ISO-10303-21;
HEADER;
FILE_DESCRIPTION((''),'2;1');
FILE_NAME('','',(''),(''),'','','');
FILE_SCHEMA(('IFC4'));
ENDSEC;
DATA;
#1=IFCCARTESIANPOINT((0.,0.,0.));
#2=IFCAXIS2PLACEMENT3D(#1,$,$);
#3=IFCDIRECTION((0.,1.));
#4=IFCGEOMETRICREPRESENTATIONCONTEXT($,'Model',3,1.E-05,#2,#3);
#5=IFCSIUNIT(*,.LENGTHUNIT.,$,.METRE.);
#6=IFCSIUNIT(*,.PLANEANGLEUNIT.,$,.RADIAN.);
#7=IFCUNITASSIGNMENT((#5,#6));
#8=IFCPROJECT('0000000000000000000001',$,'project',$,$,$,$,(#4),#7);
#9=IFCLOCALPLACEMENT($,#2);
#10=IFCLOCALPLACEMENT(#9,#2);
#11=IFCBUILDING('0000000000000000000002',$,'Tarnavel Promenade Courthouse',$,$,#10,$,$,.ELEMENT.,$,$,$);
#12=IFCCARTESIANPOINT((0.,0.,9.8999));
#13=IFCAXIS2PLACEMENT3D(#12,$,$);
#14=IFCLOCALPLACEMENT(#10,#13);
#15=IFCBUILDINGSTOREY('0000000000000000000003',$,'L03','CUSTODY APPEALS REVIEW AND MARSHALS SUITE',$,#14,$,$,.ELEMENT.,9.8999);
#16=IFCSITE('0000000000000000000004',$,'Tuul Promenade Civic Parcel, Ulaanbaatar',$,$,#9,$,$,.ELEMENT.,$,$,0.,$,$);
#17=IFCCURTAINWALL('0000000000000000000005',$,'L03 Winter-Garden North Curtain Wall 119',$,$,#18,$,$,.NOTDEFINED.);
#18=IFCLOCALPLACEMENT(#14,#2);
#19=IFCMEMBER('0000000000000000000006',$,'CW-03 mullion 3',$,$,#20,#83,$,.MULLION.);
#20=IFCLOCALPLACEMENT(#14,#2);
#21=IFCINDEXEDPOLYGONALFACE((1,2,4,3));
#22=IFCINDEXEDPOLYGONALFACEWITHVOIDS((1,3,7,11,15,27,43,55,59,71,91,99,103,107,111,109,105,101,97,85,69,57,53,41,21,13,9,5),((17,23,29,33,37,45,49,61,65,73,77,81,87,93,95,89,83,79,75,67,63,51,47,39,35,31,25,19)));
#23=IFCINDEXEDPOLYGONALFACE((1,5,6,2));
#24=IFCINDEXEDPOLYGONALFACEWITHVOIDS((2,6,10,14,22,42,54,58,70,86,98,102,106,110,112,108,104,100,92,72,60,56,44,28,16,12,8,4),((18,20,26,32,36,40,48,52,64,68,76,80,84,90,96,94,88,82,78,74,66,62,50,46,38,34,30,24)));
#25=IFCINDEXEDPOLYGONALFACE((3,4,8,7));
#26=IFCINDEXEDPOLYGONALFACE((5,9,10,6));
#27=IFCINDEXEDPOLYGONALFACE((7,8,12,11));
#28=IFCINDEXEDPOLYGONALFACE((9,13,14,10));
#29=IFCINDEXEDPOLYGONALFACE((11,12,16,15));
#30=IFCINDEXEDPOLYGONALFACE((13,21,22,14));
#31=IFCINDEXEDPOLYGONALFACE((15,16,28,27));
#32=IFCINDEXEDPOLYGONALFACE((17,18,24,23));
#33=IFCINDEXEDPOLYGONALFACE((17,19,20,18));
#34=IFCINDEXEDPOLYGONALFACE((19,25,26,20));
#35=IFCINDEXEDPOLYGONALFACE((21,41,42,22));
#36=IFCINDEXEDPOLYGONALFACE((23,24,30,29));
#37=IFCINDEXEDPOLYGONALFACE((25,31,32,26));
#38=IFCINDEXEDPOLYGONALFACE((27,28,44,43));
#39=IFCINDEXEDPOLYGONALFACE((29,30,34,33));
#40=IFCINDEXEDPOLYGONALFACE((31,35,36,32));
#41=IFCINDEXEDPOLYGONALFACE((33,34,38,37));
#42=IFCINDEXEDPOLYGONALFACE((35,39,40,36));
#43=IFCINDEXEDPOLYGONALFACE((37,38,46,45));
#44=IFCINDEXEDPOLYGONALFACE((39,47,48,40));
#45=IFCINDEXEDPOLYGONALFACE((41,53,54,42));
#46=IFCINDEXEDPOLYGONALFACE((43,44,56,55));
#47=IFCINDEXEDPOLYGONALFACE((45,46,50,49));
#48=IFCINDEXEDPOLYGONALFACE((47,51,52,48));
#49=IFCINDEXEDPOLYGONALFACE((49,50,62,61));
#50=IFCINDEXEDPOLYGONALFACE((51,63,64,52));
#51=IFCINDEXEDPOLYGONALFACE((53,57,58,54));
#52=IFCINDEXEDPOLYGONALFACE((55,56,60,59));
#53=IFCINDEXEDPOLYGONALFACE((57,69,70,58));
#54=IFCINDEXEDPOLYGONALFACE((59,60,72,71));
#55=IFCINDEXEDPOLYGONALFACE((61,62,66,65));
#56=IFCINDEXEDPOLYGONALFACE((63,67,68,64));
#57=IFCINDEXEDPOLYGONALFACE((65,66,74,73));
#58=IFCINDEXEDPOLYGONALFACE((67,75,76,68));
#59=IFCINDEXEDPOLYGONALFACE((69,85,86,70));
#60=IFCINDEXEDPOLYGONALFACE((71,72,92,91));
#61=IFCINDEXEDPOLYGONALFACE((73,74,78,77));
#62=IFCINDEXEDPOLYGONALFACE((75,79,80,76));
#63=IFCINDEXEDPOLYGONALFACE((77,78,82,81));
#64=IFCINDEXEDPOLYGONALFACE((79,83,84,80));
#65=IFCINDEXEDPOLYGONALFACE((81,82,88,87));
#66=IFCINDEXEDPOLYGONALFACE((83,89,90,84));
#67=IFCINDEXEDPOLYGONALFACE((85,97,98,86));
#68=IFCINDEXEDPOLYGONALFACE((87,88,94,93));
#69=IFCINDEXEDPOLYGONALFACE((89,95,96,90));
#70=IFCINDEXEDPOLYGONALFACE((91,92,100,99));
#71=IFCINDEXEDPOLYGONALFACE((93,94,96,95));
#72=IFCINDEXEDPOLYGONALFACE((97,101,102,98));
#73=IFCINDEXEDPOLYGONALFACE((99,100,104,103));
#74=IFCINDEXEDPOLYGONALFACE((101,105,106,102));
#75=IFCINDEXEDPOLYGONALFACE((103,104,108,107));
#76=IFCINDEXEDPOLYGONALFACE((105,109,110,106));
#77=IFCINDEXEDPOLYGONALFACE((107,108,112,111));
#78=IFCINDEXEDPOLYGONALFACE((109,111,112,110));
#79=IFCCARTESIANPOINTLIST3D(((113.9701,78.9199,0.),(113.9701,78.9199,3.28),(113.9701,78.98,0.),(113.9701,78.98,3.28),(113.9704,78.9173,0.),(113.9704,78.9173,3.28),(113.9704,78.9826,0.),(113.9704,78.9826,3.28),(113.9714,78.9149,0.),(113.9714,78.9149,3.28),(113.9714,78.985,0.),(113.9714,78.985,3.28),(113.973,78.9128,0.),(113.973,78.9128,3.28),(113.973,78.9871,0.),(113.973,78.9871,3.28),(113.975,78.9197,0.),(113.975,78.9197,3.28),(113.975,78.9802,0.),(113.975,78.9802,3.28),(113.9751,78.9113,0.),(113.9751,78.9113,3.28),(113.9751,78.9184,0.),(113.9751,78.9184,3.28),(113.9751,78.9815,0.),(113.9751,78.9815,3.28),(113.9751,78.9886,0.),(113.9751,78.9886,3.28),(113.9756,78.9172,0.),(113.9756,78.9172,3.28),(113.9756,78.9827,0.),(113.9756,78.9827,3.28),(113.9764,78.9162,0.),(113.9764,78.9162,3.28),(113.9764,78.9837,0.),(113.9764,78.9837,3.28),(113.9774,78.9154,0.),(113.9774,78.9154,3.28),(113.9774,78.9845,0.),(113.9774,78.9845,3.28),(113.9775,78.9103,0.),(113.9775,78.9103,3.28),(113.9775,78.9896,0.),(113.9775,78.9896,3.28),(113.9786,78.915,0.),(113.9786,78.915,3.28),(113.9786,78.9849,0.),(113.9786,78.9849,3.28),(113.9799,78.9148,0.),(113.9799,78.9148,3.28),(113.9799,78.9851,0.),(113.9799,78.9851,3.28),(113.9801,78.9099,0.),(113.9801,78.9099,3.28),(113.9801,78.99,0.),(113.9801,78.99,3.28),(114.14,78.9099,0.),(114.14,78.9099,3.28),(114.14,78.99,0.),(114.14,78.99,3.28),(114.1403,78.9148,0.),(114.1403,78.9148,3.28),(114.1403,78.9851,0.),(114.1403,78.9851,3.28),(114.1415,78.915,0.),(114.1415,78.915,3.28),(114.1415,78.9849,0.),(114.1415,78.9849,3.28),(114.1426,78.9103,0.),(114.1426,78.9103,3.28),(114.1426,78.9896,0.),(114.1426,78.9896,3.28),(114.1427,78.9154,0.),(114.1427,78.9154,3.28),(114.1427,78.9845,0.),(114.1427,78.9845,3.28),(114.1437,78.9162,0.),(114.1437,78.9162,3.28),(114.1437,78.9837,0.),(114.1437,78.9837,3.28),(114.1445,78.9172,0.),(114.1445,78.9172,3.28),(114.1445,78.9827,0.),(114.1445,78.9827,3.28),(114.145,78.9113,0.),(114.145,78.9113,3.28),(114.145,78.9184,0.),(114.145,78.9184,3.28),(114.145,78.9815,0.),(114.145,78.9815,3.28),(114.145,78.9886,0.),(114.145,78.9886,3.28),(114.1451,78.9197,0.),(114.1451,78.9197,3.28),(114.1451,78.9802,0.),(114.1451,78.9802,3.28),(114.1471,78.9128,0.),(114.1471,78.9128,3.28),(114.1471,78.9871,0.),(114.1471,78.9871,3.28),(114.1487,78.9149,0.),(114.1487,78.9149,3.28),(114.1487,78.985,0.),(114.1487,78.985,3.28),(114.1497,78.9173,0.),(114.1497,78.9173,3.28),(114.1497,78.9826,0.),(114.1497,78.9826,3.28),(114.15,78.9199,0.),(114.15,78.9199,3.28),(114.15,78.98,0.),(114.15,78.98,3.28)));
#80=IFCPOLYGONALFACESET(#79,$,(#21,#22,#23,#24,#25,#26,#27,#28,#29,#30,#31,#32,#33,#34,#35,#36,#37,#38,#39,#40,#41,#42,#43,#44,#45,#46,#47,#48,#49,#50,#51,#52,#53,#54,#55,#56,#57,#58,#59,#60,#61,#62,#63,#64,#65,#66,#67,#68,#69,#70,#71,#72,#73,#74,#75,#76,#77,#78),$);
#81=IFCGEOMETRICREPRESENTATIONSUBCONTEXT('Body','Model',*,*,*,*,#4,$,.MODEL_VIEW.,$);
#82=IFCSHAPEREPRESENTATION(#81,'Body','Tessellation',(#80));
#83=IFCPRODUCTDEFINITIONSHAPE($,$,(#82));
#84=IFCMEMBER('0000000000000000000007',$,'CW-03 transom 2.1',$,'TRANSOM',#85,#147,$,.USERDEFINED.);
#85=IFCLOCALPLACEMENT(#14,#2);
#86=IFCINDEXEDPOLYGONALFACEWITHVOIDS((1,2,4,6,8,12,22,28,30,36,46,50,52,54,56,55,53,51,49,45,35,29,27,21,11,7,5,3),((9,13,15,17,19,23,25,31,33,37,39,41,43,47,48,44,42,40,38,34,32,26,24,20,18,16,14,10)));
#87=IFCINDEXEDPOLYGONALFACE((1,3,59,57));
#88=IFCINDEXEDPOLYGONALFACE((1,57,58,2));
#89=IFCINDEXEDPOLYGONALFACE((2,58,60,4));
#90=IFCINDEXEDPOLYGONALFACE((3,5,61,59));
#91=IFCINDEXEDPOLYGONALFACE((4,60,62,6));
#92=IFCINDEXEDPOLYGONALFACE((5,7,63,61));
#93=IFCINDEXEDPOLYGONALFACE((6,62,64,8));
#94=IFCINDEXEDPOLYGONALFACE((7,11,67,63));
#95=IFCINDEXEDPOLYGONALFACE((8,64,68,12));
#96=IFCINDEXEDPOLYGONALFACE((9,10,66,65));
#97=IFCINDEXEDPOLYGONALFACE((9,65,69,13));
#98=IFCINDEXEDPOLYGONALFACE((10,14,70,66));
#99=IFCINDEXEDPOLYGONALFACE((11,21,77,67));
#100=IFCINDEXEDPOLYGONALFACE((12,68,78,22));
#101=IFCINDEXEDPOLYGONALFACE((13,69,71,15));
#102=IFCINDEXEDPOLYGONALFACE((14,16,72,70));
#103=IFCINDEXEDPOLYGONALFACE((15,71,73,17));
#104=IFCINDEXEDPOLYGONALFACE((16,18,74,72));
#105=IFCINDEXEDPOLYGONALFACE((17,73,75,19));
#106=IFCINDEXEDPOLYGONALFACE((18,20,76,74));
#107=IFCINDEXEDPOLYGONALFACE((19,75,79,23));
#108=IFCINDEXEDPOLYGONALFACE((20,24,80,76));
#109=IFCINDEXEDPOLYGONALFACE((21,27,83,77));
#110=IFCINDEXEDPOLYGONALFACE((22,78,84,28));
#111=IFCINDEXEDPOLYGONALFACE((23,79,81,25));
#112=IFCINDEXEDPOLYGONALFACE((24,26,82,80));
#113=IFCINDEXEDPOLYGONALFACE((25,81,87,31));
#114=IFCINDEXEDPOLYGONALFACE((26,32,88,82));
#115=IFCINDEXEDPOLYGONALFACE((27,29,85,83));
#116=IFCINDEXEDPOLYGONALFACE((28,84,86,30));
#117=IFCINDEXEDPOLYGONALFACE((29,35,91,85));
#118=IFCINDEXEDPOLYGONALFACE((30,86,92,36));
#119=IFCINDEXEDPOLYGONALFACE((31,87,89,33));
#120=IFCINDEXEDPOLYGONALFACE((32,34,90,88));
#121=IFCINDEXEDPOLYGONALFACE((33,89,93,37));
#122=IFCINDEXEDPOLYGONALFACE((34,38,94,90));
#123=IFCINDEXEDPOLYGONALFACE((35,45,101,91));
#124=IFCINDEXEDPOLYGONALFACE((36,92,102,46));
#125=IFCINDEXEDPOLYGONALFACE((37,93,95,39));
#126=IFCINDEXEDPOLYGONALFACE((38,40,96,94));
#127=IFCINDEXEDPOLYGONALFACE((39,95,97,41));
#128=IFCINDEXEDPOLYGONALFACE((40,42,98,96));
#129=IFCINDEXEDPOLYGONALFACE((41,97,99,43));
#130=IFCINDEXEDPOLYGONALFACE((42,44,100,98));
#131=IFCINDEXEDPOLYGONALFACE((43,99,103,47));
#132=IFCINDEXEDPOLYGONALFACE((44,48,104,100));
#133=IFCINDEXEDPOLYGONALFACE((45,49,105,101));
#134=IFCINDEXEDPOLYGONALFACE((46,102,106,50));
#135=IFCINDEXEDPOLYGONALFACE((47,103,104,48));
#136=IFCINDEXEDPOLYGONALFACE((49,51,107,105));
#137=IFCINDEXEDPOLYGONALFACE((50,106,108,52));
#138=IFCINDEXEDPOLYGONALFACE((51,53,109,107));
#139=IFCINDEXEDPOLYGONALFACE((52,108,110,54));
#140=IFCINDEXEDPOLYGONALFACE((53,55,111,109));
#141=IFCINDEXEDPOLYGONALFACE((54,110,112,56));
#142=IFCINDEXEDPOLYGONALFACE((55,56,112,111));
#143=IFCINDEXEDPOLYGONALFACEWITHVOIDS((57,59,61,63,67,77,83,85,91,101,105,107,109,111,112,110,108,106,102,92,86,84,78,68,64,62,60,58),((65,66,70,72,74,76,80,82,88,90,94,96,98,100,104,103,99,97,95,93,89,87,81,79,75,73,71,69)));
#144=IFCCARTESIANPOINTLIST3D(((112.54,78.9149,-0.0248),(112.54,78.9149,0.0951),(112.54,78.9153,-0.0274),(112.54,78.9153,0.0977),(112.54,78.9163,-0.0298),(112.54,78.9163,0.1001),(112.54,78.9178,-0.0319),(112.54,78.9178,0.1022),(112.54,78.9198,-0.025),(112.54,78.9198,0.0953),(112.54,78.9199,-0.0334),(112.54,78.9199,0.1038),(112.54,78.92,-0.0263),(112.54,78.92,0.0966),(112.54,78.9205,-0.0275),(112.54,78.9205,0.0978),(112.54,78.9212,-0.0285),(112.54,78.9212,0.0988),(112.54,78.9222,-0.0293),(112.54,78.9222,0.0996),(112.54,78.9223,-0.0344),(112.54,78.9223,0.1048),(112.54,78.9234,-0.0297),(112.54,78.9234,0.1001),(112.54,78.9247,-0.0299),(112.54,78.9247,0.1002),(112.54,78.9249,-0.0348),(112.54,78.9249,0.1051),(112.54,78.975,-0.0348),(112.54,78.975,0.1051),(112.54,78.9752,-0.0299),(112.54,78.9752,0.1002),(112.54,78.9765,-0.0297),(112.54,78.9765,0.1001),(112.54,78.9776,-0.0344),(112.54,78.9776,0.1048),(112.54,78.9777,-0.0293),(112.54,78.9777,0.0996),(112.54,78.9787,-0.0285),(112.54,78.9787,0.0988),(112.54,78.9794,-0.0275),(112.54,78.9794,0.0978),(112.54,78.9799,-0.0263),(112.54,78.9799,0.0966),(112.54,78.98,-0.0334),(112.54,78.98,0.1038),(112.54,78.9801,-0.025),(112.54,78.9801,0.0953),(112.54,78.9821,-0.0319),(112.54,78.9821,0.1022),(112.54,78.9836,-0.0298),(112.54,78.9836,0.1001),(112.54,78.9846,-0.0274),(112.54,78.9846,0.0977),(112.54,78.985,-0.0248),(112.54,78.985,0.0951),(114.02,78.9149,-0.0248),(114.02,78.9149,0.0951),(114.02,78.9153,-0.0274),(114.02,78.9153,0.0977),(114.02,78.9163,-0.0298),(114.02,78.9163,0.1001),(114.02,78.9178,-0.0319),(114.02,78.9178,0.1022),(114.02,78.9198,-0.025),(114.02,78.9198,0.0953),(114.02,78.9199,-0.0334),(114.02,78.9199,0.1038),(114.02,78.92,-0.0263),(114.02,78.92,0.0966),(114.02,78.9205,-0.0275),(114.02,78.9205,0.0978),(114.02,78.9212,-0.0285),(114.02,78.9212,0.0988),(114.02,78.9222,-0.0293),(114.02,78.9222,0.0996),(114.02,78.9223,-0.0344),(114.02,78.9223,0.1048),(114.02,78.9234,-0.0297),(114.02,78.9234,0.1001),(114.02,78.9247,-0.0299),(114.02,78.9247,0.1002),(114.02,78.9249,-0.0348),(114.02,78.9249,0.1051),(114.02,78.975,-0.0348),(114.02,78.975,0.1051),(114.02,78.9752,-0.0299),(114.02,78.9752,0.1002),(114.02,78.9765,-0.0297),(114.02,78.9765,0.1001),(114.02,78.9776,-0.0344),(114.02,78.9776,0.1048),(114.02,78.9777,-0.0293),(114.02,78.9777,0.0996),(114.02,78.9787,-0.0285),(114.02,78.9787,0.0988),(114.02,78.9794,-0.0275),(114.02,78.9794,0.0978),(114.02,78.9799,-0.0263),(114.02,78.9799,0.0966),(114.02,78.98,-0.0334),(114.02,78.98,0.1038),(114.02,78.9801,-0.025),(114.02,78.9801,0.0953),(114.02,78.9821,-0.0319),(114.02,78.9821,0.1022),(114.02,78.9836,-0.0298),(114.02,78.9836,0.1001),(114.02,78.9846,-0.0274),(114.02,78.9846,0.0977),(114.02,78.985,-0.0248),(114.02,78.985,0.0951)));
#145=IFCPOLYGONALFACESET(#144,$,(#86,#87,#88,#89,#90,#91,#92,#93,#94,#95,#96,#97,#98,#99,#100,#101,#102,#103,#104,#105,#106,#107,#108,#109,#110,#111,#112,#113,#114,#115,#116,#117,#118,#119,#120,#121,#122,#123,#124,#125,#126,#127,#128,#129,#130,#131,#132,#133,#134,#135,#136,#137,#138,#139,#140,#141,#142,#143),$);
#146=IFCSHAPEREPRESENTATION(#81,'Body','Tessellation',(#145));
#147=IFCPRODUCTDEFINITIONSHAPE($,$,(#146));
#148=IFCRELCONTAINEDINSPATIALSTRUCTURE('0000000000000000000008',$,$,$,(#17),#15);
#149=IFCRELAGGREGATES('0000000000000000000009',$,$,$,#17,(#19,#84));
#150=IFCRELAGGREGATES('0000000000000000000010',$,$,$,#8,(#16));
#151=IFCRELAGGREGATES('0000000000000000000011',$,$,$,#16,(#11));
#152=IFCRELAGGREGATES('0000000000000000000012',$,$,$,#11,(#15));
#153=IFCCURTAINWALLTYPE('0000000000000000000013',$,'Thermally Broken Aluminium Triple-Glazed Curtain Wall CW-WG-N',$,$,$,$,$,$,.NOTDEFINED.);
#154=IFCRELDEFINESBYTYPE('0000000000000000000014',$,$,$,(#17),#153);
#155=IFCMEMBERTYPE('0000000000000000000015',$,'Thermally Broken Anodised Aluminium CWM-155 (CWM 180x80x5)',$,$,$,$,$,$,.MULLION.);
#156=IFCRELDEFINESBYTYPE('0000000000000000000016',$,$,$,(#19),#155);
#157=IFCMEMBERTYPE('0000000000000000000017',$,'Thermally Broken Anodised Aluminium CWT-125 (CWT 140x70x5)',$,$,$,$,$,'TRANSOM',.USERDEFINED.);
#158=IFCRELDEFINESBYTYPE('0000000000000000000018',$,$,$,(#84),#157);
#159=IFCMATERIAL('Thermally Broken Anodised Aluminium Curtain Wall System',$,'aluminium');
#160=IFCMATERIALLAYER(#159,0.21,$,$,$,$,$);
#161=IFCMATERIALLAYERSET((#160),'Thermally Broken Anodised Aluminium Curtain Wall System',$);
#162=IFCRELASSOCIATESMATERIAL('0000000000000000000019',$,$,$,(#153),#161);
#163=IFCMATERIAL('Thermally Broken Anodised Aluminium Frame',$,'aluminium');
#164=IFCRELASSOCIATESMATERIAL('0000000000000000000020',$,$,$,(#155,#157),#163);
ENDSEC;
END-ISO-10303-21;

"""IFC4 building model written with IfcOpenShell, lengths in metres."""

from ifc_helpers import new_model, si_unit, direction, frame, origin, origin_2d, place, context, subcontext, project, spatial, hollow_rectangle, extrude, material, layer, layer_set, material_profile, profile_set, type_object, element, aggregate, save


model = new_model("IFC4")

# Units and contexts
model_context = context("Model", 3, precision=1e-05, world=origin(), true_north=direction((0.0, 1.0)))
body_context = subcontext(model_context, "Body", "Model", "MODEL_VIEW")
ifc_project = project(units=[si_unit("LENGTHUNIT", "METRE"), si_unit("PLANEANGLEUNIT", "RADIAN")], contexts=[model_context])

# Site, building, storey
site_placement = place(None, origin())
site = spatial("IfcSite", under=ifc_project, at=site_placement, Name="Tuul Promenade Civic Parcel, Ulaanbaatar", CompositionType="ELEMENT", RefElevation=0.0)
building_placement = place(site_placement, origin())
building = spatial("IfcBuilding", under=site, at=building_placement, Name="Tarnavel Promenade Courthouse", CompositionType="ELEMENT")
storey_placement = place(building_placement, frame((0.0, 0.0, 9.8999)))
storey = spatial("IfcBuildingStorey", under=building, at=storey_placement, Name="L03", Description="CUSTODY APPEALS REVIEW AND MARSHALS SUITE", CompositionType="ELEMENT", Elevation=9.8999)

# Curtain wall, members
ifc_material_1 = material(Name="Thermally Broken Anodised Aluminium Curtain Wall System", Category="aluminium")
ifc_layer_1 = layer(ifc_material_1, 0.21)
ifc_layer_set_1 = layer_set([ifc_layer_1], Name="Thermally Broken Anodised Aluminium Curtain Wall System")
curtain_wall_type = type_object("IfcCurtainWallType", Name="Thermally Broken Aluminium Triple-Glazed Curtain Wall CW-WG-N", PredefinedType="NOTDEFINED", material=ifc_layer_set_1)
curtain_wall_placement = place(storey_placement, origin())
curtain_wall = element("IfcCurtainWall", 1, at=curtain_wall_placement, inside=storey, type_object=curtain_wall_type, Name="L03 Winter-Garden North Curtain Wall 119", PredefinedType="NOTDEFINED")
ifc_material_2 = material(Name="Thermally Broken Anodised Aluminium Frame", Category="aluminium")
ifc_material_profile_1 = material_profile(ifc_material_2, hollow_rectangle(XDim=0.0801, YDim=0.1799, WallThickness=0.0049, InnerFilletRadius=0.0049, OuterFilletRadius=0.01, at=origin_2d()), Name="CWM 180x80x5")
ifc_profile_set_1 = profile_set([ifc_material_profile_1], Name="Thermally Broken Anodised Aluminium Frame")
member_type_1 = type_object("IfcMemberType", Name="Thermally Broken Anodised Aluminium CWM-155 (CWM 180x80x5)", PredefinedType="MULLION", material=ifc_profile_set_1)
member_1_placement = place(storey_placement, frame((114.0601, 78.95, 0.0), z_axis=(0.0, 0.0, 1.0), x_axis=(0.0, 1.0, 0.0)))
member_1 = element("IfcMember", 2, at=member_1_placement, type_object=member_type_1, Name="CW-03 mullion 3", PredefinedType="MULLION", context=body_context, shape_type="SweptSolid", body=[
    extrude(hollow_rectangle(XDim=0.0801, YDim=0.1799, WallThickness=0.0049, InnerFilletRadius=0.0049, OuterFilletRadius=0.01, at=origin_2d()), origin(), (0.0, 0.0, 1.0), 3.28),
])
ifc_material_profile_2 = material_profile(ifc_material_2, hollow_rectangle(XDim=0.0701, YDim=0.1399, WallThickness=0.0049, InnerFilletRadius=0.0049, OuterFilletRadius=0.01, at=origin_2d()), Name="CWT 140x70x5")
ifc_profile_set_2 = profile_set([ifc_material_profile_2], Name="Thermally Broken Anodised Aluminium Frame")
member_type_2 = type_object("IfcMemberType", Name="Thermally Broken Anodised Aluminium CWT-125 (CWT 140x70x5)", ElementType="TRANSOM", PredefinedType="USERDEFINED", material=ifc_profile_set_2)
member_2_placement = place(storey_placement, frame((112.54, 78.95, 0.0352), z_axis=(1.0, 0.0, 0.0), x_axis=(0.0, 1.0, 0.0)))
member_2 = element("IfcMember", 3, at=member_2_placement, type_object=member_type_2, Name="CW-03 transom 2.1", ObjectType="TRANSOM", PredefinedType="USERDEFINED", context=body_context, shape_type="SweptSolid", body=[
    extrude(hollow_rectangle(XDim=0.0701, YDim=0.1399, WallThickness=0.0049, InnerFilletRadius=0.0049, OuterFilletRadius=0.01, at=origin_2d()), origin(), (0.0, 0.0, 1.0), 1.48),
])
aggregate(curtain_wall, [member_1, member_2])

save(model, "model.ifc")
